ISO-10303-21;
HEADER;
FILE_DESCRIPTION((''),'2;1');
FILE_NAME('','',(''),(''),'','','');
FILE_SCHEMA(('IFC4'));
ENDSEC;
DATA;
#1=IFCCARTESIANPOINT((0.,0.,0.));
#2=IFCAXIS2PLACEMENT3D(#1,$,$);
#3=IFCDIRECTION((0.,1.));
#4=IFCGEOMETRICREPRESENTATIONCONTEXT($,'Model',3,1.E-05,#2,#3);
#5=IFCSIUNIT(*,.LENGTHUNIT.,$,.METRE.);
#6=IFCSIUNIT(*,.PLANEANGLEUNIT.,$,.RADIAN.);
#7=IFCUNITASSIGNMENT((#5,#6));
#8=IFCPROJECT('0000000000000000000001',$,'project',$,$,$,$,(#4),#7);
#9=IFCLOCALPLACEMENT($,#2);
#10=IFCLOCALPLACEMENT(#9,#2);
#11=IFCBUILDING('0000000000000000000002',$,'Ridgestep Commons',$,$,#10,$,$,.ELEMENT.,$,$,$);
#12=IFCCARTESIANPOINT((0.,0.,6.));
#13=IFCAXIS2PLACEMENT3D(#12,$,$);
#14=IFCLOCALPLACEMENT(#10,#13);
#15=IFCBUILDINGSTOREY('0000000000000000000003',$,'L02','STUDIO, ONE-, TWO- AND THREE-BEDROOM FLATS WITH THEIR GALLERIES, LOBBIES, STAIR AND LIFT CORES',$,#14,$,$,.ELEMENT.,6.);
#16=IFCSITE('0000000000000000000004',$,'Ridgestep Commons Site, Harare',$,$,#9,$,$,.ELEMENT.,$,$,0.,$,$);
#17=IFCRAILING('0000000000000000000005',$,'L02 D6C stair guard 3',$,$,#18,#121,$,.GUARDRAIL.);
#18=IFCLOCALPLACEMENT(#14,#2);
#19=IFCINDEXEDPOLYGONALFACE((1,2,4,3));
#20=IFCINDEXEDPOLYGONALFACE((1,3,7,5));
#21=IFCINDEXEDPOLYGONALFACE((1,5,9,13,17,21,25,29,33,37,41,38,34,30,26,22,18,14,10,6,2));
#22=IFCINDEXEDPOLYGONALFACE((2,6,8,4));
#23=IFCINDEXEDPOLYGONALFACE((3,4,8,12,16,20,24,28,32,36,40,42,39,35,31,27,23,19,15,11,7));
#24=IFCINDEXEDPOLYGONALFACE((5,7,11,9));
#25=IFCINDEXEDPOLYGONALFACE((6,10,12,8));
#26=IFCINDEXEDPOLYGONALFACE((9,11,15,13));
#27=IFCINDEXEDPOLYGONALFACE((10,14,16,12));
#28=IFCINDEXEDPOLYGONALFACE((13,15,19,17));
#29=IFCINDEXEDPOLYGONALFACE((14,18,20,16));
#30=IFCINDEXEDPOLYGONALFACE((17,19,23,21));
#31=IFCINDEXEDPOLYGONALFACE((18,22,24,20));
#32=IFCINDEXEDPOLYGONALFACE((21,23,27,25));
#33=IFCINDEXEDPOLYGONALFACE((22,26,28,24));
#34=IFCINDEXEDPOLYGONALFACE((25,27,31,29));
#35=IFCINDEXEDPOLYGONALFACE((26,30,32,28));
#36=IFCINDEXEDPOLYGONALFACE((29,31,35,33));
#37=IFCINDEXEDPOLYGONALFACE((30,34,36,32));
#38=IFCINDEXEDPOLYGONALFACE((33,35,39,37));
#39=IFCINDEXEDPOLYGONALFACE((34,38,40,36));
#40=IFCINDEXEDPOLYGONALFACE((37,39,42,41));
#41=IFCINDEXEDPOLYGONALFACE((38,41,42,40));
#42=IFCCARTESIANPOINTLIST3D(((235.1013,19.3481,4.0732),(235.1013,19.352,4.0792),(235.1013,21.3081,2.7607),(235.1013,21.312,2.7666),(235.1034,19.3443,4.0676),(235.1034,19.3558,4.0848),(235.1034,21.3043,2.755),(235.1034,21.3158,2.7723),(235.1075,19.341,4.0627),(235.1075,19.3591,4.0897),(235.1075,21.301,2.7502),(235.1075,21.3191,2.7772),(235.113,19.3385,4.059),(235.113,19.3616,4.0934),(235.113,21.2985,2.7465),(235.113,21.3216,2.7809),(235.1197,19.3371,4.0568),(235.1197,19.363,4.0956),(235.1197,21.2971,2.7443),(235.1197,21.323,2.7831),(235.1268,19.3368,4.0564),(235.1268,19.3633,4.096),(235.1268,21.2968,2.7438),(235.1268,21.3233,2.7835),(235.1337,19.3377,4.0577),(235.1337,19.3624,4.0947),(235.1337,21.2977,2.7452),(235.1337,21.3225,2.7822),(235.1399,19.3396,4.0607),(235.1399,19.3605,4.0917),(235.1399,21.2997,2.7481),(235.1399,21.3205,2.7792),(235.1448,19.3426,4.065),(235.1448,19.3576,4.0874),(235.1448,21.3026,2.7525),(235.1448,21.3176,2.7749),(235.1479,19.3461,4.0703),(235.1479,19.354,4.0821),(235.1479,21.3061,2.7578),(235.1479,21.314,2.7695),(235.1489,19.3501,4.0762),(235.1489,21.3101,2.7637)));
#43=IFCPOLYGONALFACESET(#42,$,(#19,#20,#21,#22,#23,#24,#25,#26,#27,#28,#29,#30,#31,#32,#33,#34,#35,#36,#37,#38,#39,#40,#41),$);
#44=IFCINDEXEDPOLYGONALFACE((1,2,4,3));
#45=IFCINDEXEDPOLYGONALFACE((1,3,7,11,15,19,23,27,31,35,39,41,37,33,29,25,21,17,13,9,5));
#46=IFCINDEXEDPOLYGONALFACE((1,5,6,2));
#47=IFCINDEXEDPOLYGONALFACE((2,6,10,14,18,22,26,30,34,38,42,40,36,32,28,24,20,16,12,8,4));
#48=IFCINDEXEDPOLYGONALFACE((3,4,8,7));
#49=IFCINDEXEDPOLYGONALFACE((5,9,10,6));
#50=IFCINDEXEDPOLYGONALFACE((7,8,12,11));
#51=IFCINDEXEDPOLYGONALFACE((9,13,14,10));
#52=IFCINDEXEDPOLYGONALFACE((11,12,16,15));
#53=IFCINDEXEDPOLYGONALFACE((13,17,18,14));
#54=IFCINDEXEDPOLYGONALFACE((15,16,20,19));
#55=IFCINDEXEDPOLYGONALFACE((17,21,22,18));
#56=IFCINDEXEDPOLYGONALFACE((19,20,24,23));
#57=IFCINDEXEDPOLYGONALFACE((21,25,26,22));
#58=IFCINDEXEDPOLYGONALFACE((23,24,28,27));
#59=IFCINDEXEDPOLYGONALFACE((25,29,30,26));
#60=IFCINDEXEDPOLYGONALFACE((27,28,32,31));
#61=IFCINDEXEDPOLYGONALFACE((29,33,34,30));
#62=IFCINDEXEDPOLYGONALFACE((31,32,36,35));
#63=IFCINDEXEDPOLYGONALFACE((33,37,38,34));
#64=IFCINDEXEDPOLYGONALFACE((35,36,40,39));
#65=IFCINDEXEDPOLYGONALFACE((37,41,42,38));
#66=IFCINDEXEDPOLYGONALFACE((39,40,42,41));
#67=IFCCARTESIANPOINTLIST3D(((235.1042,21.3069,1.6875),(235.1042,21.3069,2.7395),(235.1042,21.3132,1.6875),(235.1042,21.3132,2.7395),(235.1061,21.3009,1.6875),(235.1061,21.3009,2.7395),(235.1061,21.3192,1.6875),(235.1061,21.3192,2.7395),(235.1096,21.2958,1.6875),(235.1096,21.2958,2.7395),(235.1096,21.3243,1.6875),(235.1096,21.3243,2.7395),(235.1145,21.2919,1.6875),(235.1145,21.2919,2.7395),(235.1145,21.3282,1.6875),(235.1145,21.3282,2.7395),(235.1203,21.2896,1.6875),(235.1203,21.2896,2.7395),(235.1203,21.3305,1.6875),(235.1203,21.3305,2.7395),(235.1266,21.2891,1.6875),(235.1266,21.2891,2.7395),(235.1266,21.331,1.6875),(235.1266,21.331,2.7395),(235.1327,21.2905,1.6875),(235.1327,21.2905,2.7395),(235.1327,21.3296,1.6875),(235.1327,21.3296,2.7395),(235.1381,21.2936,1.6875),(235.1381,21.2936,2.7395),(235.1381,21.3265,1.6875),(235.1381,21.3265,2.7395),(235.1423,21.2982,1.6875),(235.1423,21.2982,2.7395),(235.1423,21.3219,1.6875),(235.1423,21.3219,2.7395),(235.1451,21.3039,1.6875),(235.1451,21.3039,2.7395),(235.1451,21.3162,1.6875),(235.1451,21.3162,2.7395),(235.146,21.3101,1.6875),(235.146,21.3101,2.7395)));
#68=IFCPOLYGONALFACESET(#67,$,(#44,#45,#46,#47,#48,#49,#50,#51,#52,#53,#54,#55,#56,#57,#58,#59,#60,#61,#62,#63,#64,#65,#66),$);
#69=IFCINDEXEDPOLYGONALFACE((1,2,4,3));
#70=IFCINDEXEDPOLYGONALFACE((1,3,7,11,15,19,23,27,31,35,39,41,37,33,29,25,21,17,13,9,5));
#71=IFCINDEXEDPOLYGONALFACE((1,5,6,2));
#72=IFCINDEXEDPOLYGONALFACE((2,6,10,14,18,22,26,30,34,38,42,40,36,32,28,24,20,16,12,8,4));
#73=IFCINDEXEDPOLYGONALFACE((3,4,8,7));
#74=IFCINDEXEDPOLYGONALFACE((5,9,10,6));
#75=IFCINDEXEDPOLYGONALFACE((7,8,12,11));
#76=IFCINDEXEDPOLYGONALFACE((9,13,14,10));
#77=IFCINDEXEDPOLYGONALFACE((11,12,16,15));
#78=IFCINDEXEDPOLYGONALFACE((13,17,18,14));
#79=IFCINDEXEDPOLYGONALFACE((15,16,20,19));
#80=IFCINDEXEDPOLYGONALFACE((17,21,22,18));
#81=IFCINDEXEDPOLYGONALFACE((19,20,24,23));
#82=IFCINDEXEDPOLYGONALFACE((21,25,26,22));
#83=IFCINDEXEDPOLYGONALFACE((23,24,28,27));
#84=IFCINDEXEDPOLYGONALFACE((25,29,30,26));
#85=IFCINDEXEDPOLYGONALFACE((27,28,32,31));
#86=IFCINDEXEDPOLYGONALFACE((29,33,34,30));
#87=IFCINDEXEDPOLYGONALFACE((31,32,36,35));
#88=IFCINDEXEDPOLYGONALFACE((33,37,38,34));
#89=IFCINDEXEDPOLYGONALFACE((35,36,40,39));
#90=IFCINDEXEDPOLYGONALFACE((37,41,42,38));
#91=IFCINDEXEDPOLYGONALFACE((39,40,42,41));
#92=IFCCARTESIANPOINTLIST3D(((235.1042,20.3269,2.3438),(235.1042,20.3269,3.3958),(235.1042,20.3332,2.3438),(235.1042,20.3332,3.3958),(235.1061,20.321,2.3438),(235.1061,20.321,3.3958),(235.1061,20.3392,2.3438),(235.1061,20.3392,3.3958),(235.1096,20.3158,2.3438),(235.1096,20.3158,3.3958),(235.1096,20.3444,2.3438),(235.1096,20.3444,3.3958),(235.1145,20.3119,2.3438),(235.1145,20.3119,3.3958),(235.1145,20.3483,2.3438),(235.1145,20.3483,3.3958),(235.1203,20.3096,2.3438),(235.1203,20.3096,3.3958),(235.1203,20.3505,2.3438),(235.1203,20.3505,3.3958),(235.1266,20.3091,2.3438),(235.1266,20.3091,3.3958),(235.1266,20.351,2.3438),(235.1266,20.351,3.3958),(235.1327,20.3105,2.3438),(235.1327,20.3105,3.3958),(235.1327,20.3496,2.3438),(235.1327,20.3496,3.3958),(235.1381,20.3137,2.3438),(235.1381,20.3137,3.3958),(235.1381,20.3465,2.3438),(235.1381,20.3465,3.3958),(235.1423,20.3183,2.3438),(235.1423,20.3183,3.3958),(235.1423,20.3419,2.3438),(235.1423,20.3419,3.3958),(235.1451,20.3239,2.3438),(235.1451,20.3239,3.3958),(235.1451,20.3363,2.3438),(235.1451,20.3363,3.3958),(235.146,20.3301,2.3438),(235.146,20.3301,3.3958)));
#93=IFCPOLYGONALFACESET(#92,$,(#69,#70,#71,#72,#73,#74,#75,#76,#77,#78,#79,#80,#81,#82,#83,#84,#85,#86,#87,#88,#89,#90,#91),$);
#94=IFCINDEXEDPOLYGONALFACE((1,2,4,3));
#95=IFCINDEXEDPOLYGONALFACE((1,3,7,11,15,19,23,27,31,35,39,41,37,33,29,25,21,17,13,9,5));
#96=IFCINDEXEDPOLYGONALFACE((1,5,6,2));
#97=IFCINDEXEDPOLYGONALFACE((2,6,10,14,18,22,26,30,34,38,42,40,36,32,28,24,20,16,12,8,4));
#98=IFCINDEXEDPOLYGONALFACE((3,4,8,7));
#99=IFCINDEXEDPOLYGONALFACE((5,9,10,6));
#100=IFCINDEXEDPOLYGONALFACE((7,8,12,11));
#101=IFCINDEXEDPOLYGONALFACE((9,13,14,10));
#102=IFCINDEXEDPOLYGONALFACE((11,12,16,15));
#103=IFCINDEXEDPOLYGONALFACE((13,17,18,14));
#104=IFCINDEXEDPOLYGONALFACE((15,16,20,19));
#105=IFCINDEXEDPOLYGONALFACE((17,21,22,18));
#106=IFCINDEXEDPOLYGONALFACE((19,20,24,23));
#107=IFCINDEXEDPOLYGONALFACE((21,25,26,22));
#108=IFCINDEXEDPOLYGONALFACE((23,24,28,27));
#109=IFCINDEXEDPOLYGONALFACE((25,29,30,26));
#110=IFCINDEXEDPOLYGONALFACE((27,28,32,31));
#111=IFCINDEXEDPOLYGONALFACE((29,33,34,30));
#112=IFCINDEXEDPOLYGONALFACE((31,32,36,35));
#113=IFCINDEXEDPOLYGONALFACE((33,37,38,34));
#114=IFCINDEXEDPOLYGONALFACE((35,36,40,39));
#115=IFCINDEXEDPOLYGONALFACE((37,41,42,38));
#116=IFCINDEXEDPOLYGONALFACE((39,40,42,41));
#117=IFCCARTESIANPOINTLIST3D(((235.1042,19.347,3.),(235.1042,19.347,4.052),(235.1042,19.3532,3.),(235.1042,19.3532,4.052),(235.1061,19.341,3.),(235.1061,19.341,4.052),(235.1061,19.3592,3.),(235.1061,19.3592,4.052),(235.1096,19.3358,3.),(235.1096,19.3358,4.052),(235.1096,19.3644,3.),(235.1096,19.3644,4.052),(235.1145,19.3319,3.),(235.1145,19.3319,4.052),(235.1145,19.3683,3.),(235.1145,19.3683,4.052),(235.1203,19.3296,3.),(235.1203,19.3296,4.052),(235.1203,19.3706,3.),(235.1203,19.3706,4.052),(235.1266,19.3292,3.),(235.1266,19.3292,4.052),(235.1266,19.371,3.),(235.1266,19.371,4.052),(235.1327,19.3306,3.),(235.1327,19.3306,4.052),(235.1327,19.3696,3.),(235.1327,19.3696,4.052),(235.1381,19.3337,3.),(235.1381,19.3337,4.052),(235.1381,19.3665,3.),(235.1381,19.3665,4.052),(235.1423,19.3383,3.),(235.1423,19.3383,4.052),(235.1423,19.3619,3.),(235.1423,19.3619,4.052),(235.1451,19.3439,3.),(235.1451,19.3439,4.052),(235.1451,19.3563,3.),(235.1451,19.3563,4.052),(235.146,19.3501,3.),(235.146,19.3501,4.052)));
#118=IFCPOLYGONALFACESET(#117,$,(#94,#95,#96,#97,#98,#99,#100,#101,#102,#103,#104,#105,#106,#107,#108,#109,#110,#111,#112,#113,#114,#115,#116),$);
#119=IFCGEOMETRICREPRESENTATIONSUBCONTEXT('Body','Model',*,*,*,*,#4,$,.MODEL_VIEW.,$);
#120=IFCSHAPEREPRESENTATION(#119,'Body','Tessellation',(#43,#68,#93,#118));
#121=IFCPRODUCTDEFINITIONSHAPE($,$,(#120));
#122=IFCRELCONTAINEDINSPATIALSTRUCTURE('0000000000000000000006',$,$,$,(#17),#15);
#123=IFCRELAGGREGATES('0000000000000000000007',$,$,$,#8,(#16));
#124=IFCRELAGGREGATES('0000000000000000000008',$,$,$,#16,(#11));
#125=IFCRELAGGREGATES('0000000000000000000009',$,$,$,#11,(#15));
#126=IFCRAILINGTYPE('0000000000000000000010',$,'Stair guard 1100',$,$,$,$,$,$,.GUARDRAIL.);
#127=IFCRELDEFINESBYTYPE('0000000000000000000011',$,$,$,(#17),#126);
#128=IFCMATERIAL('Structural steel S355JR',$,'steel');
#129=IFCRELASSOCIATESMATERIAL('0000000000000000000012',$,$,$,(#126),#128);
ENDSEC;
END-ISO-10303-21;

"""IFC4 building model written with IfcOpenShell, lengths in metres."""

from ifc_helpers import new_model, si_unit, direction, frame, origin, origin_2d, place, context, subcontext, project, spatial, circle, extrude, material, type_object, element, save


model = new_model("IFC4")

# Units and contexts
model_context = context("Model", 3, precision=1e-05, world=origin(), true_north=direction((0.0, 1.0)))
body_context = subcontext(model_context, "Body", "Model", "MODEL_VIEW")
ifc_project = project(units=[si_unit("LENGTHUNIT", "METRE"), si_unit("PLANEANGLEUNIT", "RADIAN")], contexts=[model_context])

# Site, building, storey
site_placement = place(None, origin())
site = spatial("IfcSite", under=ifc_project, at=site_placement, Name="Ridgestep Commons Site, Harare", CompositionType="ELEMENT", RefElevation=0.0)
building_placement = place(site_placement, origin())
building = spatial("IfcBuilding", under=site, at=building_placement, Name="Ridgestep Commons", CompositionType="ELEMENT")
storey_placement = place(building_placement, frame((0.0, 0.0, 6.0)))
storey = spatial("IfcBuildingStorey", under=building, at=storey_placement, Name="L02", Description="STUDIO, ONE-, TWO- AND THREE-BEDROOM FLATS WITH THEIR GALLERIES, LOBBIES, STAIR AND LIFT CORES", CompositionType="ELEMENT", Elevation=6.0)

# Railing
ifc_material_1 = material(Name="Structural steel S355JR", Category="steel")
railing_type = type_object("IfcRailingType", Name="Stair guard 1100", PredefinedType="GUARDRAIL", material=ifc_material_1)
railing_1_placement = place(storey_placement, frame((235.125, 21.3101, 1.6875)))
element("IfcRailing", 1, at=railing_1_placement, inside=storey, type_object=railing_type, Name="L02 D6C stair guard 3", PredefinedType="GUARDRAIL", context=body_context, shape_type="SweptSolid", body=[
    extrude(circle(Radius=0.0239, at=origin_2d()), frame((0.0, 0.0, 1.0762), z_axis=(0.0, -0.830902, 0.556419), x_axis=(1.0, 0.0, 0.0)), (0.0, 0.0, 1.0), 2.3589),
    extrude(circle(Radius=0.021, at=origin_2d()), origin(), (0.0, 0.0, 1.0), 1.052),
    extrude(circle(Radius=0.021, at=origin_2d()), frame((0.0, -0.98, 0.6562)), (0.0, 0.0, 1.0), 1.052),
    extrude(circle(Radius=0.021, at=origin_2d()), frame((0.0, -1.96, 1.3125)), (0.0, 0.0, 1.0), 1.052),
])

save(model, "model.ifc")
